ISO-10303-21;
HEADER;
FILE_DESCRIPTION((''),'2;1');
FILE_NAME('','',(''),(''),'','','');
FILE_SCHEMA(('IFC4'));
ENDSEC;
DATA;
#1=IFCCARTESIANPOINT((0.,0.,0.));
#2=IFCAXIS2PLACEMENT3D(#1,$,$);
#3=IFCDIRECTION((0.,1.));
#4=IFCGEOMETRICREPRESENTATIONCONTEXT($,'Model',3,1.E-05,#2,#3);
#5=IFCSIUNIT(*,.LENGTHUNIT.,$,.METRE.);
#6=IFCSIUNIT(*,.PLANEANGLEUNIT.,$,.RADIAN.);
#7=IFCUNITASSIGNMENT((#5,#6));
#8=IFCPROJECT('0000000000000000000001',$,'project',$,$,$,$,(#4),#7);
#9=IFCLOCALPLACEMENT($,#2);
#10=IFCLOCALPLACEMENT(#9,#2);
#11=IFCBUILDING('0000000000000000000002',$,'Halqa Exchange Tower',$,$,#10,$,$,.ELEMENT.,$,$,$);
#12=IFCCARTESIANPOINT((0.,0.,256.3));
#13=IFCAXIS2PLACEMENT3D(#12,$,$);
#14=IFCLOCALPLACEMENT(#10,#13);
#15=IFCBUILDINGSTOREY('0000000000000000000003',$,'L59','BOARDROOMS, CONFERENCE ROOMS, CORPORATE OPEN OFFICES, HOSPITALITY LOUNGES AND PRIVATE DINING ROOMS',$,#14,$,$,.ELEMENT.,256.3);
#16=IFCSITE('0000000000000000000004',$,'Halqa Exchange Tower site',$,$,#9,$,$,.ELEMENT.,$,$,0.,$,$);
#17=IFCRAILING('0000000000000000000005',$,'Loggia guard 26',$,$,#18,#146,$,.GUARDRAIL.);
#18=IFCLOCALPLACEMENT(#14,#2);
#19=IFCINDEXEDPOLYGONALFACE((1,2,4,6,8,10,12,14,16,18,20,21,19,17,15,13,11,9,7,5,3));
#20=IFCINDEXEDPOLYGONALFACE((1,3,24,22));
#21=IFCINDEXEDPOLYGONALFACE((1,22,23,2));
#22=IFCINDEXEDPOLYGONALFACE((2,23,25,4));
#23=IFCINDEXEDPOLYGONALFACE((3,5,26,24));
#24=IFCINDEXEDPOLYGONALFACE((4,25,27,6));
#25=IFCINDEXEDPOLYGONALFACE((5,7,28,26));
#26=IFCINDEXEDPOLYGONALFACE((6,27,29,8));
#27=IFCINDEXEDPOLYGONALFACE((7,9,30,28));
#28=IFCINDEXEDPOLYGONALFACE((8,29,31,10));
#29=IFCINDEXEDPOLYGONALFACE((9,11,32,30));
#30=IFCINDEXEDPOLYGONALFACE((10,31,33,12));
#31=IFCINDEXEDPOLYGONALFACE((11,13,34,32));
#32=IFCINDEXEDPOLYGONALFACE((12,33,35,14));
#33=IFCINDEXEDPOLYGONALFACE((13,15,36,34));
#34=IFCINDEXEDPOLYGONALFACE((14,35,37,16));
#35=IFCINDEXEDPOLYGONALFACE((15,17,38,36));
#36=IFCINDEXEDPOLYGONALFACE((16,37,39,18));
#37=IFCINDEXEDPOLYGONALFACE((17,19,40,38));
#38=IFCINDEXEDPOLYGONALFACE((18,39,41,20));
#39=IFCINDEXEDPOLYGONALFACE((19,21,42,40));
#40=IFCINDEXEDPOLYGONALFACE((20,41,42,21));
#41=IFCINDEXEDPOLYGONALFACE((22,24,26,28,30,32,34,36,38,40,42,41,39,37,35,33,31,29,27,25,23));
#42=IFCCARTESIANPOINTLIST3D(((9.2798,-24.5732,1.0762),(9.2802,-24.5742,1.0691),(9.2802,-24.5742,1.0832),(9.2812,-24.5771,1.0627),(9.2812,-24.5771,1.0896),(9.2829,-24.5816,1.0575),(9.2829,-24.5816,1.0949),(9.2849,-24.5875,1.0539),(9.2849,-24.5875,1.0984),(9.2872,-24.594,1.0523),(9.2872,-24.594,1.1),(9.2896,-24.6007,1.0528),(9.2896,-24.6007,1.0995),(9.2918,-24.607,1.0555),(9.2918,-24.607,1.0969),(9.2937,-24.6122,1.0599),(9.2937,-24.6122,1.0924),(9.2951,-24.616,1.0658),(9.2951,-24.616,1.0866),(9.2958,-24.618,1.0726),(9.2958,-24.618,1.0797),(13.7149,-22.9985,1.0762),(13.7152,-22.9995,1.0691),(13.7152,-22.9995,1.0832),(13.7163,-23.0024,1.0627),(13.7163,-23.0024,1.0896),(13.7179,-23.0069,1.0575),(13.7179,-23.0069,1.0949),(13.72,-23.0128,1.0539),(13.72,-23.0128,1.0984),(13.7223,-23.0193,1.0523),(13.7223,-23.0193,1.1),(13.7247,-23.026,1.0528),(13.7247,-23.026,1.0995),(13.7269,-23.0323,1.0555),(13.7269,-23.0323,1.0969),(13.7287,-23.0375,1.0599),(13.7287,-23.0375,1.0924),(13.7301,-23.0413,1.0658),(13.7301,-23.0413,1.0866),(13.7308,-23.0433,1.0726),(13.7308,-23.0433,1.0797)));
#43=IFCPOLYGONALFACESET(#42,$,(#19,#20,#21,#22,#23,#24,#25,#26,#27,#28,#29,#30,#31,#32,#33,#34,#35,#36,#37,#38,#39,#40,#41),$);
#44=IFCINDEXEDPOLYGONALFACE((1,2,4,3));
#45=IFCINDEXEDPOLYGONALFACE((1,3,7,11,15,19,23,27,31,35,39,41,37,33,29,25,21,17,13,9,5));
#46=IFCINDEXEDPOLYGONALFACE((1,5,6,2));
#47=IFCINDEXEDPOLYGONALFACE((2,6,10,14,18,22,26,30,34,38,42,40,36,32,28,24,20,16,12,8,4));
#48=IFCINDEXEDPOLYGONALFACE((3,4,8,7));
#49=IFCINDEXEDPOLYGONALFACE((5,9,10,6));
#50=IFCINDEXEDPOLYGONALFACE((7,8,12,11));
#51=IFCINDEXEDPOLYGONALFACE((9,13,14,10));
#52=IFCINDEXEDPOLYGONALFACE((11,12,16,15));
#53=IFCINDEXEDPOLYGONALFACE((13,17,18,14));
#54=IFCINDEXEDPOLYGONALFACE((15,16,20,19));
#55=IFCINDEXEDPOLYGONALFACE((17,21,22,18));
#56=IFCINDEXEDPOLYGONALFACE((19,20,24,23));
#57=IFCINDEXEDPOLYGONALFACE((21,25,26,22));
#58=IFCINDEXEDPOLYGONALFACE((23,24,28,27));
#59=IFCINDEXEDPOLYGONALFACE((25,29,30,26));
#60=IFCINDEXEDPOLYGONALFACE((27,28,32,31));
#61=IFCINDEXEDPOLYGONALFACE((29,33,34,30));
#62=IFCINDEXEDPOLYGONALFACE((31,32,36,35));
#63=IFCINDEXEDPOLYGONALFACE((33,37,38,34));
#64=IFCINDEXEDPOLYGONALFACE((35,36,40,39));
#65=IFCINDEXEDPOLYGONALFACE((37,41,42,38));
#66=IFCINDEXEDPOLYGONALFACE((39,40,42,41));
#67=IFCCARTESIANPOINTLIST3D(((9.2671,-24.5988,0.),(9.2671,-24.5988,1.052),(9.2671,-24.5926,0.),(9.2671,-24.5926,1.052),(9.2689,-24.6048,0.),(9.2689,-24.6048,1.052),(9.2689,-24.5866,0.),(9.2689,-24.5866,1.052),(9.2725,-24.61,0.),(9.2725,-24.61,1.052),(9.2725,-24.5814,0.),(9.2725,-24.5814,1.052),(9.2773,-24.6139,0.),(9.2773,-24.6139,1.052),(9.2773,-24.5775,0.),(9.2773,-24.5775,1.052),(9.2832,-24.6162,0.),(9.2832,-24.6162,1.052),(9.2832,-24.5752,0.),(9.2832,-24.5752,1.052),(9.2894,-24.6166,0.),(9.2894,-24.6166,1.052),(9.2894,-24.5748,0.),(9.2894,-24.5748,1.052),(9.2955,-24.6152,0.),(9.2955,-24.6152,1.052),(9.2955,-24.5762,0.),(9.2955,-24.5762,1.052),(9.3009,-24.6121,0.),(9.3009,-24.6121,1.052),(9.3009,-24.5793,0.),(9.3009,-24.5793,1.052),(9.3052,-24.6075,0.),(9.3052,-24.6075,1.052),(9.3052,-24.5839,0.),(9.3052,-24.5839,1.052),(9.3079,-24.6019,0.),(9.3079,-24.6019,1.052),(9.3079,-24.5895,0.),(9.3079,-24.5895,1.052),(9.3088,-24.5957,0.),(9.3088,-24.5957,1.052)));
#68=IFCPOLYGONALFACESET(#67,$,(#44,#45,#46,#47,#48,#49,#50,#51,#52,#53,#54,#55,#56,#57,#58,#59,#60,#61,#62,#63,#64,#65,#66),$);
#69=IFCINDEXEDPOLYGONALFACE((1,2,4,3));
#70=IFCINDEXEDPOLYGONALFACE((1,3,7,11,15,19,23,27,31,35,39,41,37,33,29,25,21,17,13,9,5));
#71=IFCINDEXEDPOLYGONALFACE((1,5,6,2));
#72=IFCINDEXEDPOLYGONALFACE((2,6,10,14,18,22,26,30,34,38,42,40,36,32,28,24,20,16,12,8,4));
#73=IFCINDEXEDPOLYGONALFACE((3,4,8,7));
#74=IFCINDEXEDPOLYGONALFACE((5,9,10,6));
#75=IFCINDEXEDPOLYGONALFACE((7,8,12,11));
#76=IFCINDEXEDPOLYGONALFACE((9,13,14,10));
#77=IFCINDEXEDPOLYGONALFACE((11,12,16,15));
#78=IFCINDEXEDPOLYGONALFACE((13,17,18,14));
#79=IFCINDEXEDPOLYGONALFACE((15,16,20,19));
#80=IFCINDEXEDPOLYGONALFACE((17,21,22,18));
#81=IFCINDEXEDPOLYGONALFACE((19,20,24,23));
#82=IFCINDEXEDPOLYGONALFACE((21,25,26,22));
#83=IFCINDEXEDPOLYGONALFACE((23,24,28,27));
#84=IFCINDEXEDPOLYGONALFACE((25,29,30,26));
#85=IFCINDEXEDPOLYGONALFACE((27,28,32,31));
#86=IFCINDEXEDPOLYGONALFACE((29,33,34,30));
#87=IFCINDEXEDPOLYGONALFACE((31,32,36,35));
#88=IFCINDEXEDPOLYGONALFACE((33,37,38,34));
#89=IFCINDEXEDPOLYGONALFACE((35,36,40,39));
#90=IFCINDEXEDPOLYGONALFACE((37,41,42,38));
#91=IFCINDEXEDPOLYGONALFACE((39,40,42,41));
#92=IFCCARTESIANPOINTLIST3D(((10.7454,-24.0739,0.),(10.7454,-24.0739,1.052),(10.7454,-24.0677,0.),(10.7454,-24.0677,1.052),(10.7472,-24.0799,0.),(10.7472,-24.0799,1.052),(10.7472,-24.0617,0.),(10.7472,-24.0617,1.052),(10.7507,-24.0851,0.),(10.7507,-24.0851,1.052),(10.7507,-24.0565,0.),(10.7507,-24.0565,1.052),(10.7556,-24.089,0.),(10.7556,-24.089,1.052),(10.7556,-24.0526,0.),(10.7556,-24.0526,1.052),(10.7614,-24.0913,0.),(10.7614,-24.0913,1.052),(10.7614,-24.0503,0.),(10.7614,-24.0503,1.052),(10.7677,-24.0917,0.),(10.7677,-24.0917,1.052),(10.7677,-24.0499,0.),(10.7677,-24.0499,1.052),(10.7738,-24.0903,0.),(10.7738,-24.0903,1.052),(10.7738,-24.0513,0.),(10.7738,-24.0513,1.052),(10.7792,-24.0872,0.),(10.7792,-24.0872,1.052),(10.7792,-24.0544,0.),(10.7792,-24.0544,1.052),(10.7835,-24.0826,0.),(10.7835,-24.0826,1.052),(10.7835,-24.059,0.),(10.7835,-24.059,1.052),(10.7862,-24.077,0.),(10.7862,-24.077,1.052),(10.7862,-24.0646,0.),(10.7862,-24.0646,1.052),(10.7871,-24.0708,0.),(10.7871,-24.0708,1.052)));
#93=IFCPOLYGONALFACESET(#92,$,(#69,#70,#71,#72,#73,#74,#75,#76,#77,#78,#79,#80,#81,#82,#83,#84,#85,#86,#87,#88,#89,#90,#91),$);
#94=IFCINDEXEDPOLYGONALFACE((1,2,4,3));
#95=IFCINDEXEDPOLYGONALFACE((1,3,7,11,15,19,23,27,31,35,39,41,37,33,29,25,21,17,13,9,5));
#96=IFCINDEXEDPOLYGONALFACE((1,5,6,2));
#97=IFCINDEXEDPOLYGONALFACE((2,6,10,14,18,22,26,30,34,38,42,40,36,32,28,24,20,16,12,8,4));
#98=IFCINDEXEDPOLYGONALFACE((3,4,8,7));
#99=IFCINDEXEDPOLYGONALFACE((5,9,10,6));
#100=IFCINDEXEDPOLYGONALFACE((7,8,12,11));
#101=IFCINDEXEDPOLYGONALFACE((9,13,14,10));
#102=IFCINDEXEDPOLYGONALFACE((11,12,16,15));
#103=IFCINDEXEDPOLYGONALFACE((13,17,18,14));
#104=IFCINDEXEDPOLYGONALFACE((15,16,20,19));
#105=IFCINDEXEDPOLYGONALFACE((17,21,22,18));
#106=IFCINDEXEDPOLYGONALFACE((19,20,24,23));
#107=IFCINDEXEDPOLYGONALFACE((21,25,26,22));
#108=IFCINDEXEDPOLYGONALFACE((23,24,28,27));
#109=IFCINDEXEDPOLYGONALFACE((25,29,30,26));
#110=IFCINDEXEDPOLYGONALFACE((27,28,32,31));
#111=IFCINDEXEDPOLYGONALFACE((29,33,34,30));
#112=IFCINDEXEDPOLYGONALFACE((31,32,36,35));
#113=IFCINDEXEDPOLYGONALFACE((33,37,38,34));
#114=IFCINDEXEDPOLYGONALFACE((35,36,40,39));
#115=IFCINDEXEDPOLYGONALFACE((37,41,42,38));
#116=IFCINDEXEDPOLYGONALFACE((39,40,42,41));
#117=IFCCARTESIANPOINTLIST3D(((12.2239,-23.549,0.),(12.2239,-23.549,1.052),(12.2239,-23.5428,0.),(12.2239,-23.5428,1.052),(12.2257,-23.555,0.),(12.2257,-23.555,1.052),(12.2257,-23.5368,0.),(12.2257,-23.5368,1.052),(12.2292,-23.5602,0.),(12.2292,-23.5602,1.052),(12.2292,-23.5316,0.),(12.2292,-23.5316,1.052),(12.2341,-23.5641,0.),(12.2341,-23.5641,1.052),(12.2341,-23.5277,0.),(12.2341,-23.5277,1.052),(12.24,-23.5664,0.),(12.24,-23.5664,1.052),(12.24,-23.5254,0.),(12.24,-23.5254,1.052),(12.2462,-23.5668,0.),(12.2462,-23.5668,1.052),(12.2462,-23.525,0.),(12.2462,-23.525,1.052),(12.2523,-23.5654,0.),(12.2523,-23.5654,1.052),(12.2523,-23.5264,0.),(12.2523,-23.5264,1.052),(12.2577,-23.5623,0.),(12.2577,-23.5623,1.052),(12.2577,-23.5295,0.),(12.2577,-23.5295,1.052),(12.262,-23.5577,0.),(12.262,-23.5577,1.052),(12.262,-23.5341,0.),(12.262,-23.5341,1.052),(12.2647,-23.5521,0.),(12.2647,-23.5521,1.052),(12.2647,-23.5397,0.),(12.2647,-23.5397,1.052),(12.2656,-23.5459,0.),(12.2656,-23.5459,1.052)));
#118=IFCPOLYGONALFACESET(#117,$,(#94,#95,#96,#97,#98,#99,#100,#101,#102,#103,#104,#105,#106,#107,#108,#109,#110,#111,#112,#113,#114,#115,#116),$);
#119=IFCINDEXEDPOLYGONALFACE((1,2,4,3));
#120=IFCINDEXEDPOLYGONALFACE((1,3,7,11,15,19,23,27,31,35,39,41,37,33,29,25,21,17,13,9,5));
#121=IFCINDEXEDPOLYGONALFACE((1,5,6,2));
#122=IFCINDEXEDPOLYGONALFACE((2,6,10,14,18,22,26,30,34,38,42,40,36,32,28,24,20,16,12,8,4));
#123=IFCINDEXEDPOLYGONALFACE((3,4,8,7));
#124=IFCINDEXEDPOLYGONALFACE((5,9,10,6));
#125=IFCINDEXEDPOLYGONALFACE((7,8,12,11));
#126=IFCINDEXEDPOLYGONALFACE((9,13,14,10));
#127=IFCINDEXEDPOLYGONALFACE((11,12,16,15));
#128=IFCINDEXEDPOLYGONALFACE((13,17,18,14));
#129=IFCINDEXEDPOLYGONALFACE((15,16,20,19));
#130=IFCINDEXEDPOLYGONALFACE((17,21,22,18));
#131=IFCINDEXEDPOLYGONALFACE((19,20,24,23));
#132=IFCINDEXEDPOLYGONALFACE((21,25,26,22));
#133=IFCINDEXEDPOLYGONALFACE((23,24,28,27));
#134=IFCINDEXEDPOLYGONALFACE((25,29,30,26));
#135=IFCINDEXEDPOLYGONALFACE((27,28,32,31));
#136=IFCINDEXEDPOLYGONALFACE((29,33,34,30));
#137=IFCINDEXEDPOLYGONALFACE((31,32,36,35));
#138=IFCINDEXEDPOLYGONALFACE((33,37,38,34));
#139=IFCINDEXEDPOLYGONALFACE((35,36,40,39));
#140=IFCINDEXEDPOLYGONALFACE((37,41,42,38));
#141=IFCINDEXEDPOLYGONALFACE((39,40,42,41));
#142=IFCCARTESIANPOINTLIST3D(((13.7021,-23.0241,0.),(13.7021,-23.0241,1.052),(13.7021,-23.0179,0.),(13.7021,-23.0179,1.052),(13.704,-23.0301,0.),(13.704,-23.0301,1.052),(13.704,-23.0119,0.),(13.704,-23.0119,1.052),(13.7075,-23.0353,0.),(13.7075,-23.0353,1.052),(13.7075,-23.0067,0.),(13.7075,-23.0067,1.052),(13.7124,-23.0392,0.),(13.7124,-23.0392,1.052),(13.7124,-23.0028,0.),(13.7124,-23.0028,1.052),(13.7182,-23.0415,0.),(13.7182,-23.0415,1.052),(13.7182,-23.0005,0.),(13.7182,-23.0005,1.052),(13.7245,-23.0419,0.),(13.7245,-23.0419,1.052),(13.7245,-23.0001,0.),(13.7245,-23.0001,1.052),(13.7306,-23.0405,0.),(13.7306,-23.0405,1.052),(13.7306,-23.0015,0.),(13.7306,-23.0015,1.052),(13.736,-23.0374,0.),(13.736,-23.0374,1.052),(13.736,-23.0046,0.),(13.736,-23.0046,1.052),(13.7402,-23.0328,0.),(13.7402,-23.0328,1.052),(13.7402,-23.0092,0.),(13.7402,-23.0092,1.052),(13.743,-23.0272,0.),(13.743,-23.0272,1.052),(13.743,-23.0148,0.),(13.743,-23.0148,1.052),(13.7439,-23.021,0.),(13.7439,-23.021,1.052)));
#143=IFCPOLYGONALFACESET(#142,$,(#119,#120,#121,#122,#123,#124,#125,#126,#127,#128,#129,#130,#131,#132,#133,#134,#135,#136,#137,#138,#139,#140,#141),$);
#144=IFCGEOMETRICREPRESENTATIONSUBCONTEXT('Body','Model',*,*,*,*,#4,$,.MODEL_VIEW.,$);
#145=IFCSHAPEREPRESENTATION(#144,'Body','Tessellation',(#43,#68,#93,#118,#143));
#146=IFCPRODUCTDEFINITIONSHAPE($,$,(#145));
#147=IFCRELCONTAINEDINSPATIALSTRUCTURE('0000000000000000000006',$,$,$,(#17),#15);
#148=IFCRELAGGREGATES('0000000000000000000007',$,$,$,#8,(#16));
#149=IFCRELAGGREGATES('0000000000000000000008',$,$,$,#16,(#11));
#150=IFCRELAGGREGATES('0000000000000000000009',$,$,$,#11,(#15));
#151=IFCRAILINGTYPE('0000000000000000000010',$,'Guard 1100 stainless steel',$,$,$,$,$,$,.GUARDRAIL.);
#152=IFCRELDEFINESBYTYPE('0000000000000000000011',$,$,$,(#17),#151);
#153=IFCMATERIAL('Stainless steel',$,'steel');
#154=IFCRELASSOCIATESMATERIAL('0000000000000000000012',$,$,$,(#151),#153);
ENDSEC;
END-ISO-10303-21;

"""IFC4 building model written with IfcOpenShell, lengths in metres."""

from ifc_helpers import new_model, si_unit, direction, frame, origin, origin_2d, place, context, subcontext, project, spatial, circle, extrude, material, type_object, element, save


model = new_model("IFC4")

# Units and contexts
model_context = context("Model", 3, precision=1e-05, world=origin(), true_north=direction((0.0, 1.0)))
body_context = subcontext(model_context, "Body", "Model", "MODEL_VIEW")
ifc_project = project(units=[si_unit("LENGTHUNIT", "METRE"), si_unit("PLANEANGLEUNIT", "RADIAN")], contexts=[model_context])

# Site, building, storey
site_placement = place(None, origin())
site = spatial("IfcSite", under=ifc_project, at=site_placement, Name="Halqa Exchange Tower site", CompositionType="ELEMENT", RefElevation=0.0)
building_placement = place(site_placement, origin())
building = spatial("IfcBuilding", under=site, at=building_placement, Name="Halqa Exchange Tower", CompositionType="ELEMENT")
storey_placement = place(building_placement, frame((0.0, 0.0, 256.3)))
storey = spatial("IfcBuildingStorey", under=building, at=storey_placement, Name="L59", Description="BOARDROOMS, CONFERENCE ROOMS, CORPORATE OPEN OFFICES, HOSPITALITY LOUNGES AND PRIVATE DINING ROOMS", CompositionType="ELEMENT", Elevation=256.3)

# Railing
ifc_material_1 = material(Name="Stainless steel", Category="steel")
railing_type = type_object("IfcRailingType", Name="Guard 1100 stainless steel", PredefinedType="GUARDRAIL", material=ifc_material_1)
railing_1_placement = place(storey_placement, frame((9.2878, -24.5957, 0.0)))
element("IfcRailing", 1, at=railing_1_placement, inside=storey, type_object=railing_type, Name="Loggia guard 26", PredefinedType="GUARDRAIL", context=body_context, shape_type="SweptSolid", body=[
    extrude(circle(Radius=0.0239, at=origin_2d()), frame((0.0, 0.0, 1.0762), z_axis=(0.942362, 0.334594, 0.0), x_axis=(-0.334594, 0.942362, 0.0)), (0.0, 0.0, 1.0), 4.7063),
    extrude(circle(Radius=0.021, at=origin_2d()), origin(), (0.0, 0.0, 1.0), 1.052),
    extrude(circle(Radius=0.021, at=origin_2d()), frame((1.4783, 0.5249, 0.0)), (0.0, 0.0, 1.0), 1.052),
    extrude(circle(Radius=0.021, at=origin_2d()), frame((2.9568, 1.0498, 0.0)), (0.0, 0.0, 1.0), 1.052),
    extrude(circle(Radius=0.021, at=origin_2d()), frame((4.4351, 1.5747, 0.0)), (0.0, 0.0, 1.0), 1.052),
])

save(model, "model.ifc")
